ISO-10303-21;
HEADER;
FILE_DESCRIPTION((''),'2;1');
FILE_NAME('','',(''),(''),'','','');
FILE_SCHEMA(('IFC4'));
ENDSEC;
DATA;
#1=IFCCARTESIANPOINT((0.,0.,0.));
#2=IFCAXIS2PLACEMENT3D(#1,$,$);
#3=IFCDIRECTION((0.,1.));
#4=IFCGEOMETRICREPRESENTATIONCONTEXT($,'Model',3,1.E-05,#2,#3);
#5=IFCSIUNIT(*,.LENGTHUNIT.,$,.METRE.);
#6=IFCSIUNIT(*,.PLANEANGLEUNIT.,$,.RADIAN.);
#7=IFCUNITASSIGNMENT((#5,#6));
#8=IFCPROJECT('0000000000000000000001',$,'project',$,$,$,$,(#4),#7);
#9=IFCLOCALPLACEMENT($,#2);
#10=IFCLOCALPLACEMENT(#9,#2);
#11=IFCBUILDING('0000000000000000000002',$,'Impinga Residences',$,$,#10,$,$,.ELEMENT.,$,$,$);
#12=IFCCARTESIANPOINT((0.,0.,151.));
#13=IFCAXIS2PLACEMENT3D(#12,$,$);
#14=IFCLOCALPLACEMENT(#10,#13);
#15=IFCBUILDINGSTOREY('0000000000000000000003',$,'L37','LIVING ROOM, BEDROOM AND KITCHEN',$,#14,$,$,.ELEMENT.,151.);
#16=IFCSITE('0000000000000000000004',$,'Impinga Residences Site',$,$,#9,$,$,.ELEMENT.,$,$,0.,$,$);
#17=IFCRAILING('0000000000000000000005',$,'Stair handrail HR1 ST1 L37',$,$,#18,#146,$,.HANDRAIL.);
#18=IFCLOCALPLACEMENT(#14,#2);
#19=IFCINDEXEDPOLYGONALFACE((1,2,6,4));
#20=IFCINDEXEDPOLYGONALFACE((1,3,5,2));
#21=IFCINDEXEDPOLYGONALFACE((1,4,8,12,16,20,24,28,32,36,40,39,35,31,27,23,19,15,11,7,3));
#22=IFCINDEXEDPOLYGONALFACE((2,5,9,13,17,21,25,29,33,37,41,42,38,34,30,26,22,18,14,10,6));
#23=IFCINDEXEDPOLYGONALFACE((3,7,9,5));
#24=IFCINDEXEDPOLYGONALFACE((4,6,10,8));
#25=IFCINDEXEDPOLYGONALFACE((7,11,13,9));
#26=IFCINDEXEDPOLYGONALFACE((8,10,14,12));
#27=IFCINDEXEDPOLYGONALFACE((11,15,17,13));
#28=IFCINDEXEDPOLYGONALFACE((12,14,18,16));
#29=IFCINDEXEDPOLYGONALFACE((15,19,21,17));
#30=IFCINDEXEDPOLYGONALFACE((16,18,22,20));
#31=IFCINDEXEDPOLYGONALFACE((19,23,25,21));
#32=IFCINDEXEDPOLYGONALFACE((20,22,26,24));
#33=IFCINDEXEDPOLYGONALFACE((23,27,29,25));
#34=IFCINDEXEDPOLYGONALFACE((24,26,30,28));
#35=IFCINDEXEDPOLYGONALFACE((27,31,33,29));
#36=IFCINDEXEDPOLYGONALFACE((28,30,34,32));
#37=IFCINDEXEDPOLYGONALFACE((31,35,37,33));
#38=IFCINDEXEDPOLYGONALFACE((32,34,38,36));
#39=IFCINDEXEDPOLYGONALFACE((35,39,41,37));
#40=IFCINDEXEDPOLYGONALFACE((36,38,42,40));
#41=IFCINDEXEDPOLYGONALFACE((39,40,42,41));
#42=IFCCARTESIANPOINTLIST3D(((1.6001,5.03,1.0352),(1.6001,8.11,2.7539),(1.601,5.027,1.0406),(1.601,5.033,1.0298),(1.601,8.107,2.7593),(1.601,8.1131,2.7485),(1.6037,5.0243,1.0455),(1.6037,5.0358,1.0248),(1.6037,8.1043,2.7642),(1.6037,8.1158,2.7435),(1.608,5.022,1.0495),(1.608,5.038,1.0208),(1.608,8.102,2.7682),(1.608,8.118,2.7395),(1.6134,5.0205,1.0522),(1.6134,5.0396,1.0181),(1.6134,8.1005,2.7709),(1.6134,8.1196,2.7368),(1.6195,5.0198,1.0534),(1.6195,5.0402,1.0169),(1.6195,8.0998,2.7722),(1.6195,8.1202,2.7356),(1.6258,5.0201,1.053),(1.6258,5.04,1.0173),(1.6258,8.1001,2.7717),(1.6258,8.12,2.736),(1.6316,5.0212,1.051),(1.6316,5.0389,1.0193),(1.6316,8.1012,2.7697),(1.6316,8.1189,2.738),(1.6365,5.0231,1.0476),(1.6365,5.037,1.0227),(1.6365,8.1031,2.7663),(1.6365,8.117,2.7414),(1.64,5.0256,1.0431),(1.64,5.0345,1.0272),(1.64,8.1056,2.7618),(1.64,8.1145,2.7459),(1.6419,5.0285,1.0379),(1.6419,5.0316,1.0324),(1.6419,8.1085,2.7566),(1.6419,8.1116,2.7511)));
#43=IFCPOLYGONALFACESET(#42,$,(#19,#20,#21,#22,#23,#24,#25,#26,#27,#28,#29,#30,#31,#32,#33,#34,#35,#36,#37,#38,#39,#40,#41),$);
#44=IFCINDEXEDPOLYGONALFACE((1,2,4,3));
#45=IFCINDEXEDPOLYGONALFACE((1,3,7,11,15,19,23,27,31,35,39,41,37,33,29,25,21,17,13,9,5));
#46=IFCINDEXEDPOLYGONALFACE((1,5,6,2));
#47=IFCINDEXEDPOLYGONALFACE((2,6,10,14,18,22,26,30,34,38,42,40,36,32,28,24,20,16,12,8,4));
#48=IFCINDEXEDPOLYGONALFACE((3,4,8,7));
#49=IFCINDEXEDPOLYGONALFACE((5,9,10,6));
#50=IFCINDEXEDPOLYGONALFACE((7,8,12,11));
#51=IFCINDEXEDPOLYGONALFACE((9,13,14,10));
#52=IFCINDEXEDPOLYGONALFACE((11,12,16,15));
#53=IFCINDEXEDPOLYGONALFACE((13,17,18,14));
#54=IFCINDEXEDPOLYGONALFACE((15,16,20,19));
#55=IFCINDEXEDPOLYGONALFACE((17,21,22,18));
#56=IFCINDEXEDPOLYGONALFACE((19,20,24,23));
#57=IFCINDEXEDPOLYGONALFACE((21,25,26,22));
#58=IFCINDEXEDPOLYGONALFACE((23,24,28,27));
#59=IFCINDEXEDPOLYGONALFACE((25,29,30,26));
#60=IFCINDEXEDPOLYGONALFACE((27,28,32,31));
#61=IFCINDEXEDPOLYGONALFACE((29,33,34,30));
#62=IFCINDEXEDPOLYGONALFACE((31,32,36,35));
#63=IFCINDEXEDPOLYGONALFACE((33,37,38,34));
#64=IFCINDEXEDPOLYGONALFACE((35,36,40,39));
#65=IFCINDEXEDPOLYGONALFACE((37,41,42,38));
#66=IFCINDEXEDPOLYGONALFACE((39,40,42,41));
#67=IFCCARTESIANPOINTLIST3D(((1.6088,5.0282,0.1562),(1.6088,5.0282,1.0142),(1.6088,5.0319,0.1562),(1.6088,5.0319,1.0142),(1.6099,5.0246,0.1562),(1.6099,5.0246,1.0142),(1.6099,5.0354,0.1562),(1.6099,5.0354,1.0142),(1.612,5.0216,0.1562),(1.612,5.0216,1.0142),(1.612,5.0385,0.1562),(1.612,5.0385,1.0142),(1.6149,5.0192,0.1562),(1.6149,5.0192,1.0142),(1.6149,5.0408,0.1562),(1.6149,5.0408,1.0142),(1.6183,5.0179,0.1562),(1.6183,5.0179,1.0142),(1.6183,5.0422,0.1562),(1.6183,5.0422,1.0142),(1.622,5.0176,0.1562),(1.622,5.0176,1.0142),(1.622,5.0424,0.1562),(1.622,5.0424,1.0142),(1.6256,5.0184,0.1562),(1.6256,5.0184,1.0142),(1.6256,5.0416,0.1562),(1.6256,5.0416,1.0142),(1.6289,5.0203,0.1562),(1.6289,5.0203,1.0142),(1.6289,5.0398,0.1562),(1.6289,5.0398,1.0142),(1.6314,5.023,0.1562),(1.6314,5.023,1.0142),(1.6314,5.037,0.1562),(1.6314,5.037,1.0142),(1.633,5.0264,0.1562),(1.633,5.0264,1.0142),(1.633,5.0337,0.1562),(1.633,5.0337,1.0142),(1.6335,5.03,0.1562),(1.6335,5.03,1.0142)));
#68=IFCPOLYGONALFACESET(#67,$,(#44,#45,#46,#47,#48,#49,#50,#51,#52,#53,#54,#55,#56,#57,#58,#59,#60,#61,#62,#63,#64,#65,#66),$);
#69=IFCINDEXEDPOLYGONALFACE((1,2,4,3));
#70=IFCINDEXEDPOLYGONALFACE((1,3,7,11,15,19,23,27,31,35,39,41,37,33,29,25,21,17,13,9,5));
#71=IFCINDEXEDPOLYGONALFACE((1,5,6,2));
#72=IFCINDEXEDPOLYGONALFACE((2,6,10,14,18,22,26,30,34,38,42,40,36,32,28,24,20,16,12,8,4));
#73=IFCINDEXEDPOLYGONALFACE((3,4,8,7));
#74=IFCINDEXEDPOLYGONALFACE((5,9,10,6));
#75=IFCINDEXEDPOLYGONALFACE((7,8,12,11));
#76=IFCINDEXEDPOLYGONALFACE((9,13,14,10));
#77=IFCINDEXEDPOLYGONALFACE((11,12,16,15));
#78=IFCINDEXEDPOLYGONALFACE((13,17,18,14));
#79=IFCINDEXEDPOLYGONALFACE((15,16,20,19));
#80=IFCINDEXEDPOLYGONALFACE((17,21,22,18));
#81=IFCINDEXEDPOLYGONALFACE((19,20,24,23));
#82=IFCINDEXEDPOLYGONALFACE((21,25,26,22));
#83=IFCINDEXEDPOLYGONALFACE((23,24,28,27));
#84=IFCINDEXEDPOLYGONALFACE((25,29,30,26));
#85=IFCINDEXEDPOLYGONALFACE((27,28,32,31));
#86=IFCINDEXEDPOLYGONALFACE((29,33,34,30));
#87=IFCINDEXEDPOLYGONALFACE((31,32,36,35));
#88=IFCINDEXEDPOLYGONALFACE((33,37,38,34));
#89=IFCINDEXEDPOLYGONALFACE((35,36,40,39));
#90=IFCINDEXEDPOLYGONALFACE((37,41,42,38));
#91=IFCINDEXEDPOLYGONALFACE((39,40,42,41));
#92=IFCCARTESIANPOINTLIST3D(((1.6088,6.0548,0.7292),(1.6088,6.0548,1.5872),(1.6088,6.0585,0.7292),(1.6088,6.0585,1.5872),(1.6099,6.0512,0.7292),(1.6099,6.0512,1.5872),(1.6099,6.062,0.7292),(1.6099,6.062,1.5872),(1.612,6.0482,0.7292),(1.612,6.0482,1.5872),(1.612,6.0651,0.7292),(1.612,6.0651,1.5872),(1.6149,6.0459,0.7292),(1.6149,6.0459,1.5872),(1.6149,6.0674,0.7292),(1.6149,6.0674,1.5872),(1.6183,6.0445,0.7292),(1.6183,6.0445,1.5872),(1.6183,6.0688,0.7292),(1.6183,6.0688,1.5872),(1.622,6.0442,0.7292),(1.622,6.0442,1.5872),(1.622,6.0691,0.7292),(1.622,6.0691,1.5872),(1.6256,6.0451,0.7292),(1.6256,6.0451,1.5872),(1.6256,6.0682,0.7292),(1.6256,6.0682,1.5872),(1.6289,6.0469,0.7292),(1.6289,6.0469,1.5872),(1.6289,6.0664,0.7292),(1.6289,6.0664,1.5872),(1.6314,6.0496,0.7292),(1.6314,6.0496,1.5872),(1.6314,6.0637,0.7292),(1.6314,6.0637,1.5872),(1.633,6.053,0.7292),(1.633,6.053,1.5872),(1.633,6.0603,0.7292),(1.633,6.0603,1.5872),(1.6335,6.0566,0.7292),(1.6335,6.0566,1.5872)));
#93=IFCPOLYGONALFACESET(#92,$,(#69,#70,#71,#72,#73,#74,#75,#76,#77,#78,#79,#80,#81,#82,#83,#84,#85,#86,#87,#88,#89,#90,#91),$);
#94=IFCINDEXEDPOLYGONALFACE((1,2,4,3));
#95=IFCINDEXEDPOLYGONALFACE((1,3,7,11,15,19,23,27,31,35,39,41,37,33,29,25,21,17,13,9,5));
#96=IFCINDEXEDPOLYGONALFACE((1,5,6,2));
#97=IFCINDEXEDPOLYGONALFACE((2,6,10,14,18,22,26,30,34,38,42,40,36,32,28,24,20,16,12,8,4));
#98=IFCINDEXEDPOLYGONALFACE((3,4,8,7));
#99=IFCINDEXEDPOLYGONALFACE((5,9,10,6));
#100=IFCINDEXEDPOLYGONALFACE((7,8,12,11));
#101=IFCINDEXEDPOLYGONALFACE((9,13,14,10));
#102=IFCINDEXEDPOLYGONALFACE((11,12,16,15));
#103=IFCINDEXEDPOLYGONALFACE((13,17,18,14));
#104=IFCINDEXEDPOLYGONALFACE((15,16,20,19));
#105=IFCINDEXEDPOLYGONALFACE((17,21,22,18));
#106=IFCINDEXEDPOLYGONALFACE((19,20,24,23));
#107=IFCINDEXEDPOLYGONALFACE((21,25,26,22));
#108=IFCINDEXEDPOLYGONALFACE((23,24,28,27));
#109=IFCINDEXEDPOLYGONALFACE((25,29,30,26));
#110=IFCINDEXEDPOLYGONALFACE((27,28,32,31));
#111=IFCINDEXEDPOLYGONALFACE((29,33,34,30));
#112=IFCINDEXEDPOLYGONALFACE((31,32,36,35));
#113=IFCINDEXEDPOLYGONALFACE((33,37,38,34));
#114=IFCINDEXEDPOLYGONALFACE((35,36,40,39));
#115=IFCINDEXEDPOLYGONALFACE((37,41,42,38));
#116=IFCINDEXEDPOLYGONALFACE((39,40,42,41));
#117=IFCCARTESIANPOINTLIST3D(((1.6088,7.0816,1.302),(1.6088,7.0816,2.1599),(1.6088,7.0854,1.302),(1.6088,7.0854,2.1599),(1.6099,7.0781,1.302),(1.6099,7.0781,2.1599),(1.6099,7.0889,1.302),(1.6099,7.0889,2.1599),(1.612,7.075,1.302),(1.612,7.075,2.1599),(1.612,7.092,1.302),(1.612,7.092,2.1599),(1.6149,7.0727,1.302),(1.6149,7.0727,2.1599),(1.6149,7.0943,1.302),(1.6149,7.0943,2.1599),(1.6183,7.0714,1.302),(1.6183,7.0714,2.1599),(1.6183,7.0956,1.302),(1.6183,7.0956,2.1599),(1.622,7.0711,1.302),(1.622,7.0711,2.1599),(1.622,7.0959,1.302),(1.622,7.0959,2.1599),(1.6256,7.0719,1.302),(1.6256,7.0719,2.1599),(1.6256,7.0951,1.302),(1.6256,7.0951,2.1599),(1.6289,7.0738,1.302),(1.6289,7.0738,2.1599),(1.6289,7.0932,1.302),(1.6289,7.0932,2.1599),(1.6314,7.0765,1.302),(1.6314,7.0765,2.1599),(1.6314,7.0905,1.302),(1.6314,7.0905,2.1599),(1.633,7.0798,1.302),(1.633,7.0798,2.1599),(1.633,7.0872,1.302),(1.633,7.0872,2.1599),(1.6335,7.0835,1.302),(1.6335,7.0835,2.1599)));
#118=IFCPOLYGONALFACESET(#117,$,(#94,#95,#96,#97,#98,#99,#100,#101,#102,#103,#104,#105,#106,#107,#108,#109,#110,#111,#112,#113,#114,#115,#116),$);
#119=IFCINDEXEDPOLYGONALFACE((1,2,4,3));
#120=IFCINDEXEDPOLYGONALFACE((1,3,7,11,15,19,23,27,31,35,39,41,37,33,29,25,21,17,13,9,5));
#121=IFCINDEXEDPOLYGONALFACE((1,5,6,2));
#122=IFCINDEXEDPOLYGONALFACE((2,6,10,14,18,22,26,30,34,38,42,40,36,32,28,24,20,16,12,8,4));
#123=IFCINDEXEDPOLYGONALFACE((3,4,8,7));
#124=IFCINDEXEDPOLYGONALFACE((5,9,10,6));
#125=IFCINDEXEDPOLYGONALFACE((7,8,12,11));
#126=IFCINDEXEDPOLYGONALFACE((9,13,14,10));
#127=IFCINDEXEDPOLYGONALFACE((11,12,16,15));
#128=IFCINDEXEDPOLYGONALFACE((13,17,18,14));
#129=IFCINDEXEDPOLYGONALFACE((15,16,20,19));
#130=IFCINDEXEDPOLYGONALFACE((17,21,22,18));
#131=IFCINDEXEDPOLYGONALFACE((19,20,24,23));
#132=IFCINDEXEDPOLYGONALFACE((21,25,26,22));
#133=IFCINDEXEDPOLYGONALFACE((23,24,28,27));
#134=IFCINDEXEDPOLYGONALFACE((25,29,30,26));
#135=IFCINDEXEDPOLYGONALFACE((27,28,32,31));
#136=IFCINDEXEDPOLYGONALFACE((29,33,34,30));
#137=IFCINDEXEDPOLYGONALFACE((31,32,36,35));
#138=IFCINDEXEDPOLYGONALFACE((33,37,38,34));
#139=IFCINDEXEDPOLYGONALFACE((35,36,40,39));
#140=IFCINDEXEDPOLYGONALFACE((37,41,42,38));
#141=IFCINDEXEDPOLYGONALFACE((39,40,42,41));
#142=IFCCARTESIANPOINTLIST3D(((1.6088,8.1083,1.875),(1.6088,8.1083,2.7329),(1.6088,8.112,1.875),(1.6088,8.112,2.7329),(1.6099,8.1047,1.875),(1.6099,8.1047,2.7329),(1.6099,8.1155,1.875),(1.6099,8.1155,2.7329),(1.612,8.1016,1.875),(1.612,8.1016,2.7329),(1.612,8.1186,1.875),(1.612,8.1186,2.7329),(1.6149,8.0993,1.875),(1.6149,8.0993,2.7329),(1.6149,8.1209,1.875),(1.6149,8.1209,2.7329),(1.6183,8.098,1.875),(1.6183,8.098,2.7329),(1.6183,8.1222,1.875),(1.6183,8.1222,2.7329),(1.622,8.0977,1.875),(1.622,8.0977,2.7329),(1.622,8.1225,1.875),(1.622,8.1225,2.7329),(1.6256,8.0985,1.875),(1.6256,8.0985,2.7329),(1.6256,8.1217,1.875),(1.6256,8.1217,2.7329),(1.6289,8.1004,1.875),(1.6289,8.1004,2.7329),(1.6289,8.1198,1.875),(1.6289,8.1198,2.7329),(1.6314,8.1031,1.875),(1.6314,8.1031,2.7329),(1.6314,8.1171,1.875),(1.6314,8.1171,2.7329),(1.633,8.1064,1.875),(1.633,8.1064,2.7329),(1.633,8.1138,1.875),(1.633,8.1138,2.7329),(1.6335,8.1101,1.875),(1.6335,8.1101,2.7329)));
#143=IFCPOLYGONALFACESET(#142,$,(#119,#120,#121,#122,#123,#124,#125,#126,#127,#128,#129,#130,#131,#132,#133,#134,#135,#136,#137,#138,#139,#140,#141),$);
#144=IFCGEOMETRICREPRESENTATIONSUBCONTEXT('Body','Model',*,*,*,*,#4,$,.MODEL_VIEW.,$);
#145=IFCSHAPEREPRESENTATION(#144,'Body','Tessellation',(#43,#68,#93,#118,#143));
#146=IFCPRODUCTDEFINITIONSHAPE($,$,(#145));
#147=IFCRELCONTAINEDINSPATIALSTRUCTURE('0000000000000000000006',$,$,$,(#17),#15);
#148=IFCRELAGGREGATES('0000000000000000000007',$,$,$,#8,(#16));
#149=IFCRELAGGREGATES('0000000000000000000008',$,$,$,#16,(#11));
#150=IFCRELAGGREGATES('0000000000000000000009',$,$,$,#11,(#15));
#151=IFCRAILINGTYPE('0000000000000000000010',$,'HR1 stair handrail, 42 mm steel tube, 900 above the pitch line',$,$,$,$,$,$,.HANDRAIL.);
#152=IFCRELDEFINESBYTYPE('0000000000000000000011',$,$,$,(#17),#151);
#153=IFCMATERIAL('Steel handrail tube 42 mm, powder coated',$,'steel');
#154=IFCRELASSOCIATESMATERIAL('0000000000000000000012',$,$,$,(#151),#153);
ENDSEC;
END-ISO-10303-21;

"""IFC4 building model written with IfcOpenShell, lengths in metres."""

from ifc_helpers import new_model, si_unit, direction, frame, origin, origin_2d, place, context, subcontext, project, spatial, circle, extrude, material, type_object, element, save


model = new_model("IFC4")

# Units and contexts
model_context = context("Model", 3, precision=1e-05, world=origin(), true_north=direction((0.0, 1.0)))
body_context = subcontext(model_context, "Body", "Model", "MODEL_VIEW")
ifc_project = project(units=[si_unit("LENGTHUNIT", "METRE"), si_unit("PLANEANGLEUNIT", "RADIAN")], contexts=[model_context])

# Site, building, storey
site_placement = place(None, origin())
site = spatial("IfcSite", under=ifc_project, at=site_placement, Name="Impinga Residences Site", CompositionType="ELEMENT", RefElevation=0.0)
building_placement = place(site_placement, origin())
building = spatial("IfcBuilding", under=site, at=building_placement, Name="Impinga Residences", CompositionType="ELEMENT")
storey_placement = place(building_placement, frame((0.0, 0.0, 151.0)))
storey = spatial("IfcBuildingStorey", under=building, at=storey_placement, Name="L37", Description="LIVING ROOM, BEDROOM AND KITCHEN", CompositionType="ELEMENT", Elevation=151.0)

# Railing
ifc_material_1 = material(Name="Steel handrail tube 42 mm, powder coated", Category="steel")
railing_type_1 = type_object("IfcRailingType", Name="HR1 stair handrail, 42 mm steel tube, 900 above the pitch line", PredefinedType="HANDRAIL", material=ifc_material_1)
railing_1_placement = place(storey_placement, frame((1.6211, 5.03, 0.1562)))
element("IfcRailing", 1, at=railing_1_placement, inside=storey, type_object=railing_type_1, Name="Stair handrail HR1 ST1 L37", PredefinedType="HANDRAIL", context=body_context, shape_type="SweptSolid", body=[
    extrude(circle(Radius=0.021, at=origin_2d()), frame((0.0, 0.0, 0.8789), z_axis=(0.0, 0.873242, 0.487288), x_axis=(-1.0, 0.0, 0.0)), (0.0, 0.0, 1.0), 3.5271),
    extrude(circle(Radius=0.0125, at=origin_2d()), origin(), (0.0, 0.0, 1.0), 0.8579),
    extrude(circle(Radius=0.0125, at=origin_2d()), frame((0.0, 1.0266, 0.573)), (0.0, 0.0, 1.0), 0.8579),
    extrude(circle(Radius=0.0125, at=origin_2d()), frame((0.0, 2.0535, 1.1458)), (0.0, 0.0, 1.0), 0.8579),
    extrude(circle(Radius=0.0125, at=origin_2d()), frame((0.0, 3.0801, 1.7188)), (0.0, 0.0, 1.0), 0.8579),
])

save(model, "model.ifc")
